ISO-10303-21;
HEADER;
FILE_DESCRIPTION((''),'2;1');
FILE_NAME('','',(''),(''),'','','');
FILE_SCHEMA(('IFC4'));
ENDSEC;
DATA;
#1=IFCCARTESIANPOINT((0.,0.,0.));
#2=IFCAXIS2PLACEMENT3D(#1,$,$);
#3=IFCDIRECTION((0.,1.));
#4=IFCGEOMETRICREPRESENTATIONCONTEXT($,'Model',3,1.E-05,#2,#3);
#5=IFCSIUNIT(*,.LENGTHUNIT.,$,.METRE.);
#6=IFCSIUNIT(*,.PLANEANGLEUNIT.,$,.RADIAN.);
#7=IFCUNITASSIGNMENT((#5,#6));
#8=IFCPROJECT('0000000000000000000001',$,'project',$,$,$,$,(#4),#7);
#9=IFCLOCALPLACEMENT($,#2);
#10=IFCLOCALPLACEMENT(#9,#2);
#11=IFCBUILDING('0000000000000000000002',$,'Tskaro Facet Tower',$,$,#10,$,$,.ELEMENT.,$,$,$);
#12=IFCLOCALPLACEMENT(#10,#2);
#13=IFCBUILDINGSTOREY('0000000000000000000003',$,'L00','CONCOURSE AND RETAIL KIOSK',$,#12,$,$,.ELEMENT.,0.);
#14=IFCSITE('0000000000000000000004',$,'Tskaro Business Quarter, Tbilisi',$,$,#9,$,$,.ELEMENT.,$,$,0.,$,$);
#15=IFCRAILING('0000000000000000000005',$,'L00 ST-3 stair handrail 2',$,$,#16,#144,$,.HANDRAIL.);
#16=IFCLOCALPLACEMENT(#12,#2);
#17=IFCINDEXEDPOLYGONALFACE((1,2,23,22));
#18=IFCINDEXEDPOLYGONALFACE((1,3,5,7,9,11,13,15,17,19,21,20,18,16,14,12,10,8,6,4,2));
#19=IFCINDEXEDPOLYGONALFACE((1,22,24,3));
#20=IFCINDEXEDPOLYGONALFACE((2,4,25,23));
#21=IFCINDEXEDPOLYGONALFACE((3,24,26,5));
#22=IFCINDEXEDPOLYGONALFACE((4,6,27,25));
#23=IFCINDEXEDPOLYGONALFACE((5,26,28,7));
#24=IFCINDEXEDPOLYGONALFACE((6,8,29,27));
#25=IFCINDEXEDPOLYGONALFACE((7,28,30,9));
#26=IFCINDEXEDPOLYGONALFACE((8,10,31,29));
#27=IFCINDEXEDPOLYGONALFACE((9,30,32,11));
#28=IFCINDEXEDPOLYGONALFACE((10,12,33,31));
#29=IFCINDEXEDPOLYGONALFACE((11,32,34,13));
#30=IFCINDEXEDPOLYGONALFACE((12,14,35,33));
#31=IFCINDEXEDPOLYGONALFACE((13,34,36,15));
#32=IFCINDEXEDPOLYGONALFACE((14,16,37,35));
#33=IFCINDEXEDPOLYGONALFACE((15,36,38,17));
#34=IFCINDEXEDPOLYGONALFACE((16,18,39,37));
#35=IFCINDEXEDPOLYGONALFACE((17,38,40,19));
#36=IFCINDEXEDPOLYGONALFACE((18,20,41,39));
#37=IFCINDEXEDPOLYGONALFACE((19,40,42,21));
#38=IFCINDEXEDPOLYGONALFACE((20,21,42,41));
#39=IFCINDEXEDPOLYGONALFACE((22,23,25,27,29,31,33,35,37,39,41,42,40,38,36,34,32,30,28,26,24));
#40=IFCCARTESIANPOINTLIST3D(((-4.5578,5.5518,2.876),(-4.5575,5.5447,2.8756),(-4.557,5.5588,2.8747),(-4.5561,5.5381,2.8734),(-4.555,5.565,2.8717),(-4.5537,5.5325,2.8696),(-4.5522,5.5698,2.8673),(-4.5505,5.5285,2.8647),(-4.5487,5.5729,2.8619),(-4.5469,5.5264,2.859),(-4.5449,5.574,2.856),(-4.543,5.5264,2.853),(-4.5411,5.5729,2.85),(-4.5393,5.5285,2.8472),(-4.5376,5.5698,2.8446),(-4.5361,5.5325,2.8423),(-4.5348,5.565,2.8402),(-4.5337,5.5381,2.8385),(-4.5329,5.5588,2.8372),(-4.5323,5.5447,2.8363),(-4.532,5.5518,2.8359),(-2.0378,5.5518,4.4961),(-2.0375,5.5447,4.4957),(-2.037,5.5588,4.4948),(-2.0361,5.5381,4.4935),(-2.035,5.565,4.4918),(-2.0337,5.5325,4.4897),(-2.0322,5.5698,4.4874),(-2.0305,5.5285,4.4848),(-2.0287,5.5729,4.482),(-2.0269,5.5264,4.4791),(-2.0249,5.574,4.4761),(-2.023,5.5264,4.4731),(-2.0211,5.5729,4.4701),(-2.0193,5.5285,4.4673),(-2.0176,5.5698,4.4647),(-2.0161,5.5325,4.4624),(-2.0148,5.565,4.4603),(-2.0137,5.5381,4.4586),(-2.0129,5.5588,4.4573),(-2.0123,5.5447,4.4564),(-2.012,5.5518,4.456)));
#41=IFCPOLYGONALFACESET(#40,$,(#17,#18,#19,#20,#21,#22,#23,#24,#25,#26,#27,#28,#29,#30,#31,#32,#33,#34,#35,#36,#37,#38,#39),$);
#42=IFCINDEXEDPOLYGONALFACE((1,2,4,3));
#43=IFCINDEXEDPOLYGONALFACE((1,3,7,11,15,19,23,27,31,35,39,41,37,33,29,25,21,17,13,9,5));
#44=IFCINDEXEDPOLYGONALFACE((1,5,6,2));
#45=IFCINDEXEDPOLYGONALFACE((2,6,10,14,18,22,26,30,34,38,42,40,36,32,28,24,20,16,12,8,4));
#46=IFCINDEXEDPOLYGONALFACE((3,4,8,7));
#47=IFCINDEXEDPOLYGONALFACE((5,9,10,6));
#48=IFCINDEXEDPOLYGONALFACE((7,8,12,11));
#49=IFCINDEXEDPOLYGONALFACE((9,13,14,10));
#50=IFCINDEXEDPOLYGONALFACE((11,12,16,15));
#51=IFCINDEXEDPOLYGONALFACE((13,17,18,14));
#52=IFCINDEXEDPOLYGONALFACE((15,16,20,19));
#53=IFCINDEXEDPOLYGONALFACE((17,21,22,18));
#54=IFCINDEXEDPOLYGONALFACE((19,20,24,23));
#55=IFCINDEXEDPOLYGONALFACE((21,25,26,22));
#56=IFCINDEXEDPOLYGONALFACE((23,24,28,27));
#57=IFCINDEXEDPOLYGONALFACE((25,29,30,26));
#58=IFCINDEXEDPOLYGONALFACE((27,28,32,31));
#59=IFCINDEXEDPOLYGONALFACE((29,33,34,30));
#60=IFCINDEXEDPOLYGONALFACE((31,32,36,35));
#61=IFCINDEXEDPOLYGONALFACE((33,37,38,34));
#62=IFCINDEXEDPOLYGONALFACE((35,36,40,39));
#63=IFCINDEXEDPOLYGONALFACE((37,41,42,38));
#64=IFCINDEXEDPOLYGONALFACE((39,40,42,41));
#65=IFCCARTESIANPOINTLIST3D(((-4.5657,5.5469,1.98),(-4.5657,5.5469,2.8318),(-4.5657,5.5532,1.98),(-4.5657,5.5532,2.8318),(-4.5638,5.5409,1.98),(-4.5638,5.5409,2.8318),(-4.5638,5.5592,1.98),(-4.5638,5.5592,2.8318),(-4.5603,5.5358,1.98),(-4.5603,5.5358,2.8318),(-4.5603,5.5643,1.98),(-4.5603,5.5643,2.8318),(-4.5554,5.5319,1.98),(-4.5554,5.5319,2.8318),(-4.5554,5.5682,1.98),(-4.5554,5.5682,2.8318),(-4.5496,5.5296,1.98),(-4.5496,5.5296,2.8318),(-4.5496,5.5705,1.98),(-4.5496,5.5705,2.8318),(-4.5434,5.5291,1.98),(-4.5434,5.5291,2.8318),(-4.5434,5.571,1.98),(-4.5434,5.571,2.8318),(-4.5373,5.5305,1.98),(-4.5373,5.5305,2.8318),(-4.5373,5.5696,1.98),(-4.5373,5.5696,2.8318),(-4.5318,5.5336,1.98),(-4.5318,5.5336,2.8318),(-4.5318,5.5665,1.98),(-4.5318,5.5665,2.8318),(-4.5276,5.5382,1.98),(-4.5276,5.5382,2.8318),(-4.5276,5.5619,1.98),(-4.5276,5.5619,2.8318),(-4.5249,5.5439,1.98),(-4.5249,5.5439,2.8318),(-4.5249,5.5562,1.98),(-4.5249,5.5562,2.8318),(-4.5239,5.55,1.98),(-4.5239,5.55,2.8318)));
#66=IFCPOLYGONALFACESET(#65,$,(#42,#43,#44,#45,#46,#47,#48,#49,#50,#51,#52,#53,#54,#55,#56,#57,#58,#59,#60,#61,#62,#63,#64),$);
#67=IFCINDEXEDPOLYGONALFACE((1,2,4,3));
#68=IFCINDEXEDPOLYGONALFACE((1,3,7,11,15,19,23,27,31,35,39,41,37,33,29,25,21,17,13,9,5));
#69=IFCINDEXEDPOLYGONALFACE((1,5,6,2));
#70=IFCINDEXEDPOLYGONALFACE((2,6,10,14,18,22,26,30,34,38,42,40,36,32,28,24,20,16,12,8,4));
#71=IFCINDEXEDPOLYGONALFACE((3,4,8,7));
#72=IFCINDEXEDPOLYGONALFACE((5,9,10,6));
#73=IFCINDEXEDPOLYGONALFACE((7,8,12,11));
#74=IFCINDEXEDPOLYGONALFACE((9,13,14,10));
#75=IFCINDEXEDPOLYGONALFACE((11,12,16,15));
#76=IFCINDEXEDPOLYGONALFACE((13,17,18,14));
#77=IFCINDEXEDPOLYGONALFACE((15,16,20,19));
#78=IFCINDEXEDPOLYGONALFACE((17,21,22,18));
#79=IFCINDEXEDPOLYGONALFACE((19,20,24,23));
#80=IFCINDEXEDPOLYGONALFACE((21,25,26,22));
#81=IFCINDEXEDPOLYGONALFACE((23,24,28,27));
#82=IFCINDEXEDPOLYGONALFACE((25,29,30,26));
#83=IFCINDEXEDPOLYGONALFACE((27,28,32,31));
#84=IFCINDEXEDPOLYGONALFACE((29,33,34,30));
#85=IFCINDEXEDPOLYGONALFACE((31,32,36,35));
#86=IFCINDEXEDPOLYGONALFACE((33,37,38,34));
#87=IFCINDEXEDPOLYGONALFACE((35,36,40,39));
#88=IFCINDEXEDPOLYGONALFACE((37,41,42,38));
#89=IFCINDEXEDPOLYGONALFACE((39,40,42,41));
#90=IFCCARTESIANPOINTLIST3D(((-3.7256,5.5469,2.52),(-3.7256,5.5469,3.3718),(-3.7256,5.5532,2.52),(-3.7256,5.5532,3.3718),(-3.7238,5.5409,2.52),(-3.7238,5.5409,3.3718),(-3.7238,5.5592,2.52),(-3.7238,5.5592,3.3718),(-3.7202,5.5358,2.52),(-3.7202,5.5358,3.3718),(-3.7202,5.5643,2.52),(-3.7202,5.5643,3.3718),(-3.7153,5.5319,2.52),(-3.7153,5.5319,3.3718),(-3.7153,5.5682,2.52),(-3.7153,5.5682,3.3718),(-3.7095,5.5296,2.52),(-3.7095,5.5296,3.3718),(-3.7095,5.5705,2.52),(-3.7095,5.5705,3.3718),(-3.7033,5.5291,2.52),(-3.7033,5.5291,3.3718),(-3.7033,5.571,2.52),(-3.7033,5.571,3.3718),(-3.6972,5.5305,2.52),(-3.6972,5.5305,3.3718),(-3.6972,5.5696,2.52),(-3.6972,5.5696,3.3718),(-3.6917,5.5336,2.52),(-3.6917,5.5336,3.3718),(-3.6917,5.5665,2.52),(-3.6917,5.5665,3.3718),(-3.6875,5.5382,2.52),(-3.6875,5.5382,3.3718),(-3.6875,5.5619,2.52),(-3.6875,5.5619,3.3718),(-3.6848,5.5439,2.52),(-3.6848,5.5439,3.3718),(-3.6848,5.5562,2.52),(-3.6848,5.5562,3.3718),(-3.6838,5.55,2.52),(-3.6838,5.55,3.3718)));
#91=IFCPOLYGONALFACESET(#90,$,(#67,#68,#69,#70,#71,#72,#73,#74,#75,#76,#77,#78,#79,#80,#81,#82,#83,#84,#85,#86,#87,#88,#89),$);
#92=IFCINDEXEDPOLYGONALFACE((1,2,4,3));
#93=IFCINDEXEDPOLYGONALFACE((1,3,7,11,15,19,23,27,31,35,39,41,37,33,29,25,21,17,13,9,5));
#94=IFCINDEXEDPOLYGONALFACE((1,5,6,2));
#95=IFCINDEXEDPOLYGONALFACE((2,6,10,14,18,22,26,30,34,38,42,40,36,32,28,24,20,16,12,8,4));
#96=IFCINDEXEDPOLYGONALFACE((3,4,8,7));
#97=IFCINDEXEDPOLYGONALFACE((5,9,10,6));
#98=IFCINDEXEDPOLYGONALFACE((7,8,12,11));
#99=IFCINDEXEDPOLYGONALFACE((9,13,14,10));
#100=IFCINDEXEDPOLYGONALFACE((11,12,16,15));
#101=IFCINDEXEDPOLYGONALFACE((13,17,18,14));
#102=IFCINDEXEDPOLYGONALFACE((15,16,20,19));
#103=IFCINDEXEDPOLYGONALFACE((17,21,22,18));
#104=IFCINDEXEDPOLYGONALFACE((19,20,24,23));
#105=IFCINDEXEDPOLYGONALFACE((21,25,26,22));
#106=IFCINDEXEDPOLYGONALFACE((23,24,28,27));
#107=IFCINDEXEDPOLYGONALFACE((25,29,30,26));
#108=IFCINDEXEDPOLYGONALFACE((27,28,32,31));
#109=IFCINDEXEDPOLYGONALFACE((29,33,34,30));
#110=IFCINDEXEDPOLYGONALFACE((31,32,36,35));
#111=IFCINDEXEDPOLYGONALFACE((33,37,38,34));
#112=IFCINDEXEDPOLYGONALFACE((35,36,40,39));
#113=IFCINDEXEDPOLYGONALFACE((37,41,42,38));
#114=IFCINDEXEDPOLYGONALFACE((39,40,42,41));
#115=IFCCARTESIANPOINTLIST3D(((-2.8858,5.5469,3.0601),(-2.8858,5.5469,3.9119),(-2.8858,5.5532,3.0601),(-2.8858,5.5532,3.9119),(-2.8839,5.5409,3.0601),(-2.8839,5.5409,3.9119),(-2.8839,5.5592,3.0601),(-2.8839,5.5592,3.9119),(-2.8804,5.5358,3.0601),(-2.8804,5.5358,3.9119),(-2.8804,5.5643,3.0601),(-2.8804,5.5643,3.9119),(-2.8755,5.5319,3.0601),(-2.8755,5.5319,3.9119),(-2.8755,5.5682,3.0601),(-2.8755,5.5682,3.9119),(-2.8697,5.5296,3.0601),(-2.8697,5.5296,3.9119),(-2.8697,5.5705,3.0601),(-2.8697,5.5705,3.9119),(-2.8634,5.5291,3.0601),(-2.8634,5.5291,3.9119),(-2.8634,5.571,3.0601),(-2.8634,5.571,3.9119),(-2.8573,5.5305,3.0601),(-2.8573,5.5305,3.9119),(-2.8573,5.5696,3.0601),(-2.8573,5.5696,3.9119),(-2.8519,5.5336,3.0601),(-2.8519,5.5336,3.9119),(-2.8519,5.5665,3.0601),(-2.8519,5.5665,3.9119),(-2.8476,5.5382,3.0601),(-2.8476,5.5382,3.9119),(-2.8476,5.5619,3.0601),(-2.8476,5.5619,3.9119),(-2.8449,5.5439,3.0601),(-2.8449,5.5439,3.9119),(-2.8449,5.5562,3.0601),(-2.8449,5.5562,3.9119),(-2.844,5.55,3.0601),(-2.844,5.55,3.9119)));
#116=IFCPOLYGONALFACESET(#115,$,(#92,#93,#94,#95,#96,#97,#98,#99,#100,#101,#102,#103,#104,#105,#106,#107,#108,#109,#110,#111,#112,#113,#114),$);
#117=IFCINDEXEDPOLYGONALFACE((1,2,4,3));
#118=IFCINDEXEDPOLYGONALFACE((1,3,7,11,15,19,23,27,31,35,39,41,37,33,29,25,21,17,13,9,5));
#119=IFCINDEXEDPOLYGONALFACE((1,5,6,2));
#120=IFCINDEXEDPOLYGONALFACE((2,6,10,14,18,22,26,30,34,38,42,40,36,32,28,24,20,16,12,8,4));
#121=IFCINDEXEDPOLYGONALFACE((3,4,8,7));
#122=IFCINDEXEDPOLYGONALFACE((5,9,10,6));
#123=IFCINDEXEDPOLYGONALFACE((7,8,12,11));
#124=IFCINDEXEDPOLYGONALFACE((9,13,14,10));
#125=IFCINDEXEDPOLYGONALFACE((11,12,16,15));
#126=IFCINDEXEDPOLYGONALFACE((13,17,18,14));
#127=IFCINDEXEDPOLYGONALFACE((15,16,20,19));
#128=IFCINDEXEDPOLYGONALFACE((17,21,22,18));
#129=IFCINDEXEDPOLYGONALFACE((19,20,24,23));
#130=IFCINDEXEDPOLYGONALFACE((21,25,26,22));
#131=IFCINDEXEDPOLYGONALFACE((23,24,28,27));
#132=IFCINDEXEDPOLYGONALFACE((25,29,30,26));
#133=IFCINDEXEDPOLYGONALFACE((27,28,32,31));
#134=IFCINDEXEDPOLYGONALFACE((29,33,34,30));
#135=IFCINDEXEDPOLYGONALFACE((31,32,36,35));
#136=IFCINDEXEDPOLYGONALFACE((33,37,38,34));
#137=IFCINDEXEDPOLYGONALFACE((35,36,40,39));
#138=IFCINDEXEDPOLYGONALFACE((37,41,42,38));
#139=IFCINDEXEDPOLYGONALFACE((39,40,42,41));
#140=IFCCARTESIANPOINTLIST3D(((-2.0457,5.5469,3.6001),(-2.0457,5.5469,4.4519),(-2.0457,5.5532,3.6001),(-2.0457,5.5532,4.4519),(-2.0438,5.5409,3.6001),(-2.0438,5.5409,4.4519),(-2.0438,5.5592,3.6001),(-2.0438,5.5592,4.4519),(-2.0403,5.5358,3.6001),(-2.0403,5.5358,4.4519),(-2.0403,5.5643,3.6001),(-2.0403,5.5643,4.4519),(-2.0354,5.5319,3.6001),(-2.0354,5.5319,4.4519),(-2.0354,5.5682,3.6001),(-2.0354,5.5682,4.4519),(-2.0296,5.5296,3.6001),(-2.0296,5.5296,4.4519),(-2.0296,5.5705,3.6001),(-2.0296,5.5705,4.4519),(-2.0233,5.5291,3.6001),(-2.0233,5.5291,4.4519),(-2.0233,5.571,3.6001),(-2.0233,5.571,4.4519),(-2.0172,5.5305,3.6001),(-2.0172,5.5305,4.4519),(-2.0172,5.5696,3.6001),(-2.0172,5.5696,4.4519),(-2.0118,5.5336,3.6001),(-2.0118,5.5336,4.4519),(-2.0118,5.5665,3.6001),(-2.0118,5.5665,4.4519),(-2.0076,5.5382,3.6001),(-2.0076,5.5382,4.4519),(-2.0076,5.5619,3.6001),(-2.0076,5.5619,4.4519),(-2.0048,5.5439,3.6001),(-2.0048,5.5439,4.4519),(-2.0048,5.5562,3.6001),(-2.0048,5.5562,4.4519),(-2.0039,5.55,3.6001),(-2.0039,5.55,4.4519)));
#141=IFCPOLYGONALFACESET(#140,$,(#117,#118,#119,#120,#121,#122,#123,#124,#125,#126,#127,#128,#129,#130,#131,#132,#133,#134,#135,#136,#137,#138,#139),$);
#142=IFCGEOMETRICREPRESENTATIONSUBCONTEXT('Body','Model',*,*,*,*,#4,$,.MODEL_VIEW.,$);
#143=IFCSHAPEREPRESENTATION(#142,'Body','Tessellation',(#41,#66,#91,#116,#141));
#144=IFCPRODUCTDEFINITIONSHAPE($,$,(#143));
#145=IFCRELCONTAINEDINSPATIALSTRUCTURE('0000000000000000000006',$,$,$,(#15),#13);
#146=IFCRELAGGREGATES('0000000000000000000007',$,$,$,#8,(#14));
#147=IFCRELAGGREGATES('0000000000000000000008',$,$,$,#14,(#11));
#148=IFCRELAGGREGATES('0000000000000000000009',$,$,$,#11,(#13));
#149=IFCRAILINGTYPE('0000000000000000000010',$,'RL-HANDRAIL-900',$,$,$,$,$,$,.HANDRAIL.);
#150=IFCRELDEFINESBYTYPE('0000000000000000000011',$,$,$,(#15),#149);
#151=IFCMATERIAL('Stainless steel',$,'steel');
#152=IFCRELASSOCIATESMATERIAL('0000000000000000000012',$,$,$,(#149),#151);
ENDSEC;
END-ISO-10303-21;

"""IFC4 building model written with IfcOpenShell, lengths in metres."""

from ifc_helpers import new_model, si_unit, direction, frame, origin, origin_2d, place, context, subcontext, project, spatial, circle, extrude, material, type_object, element, save


model = new_model("IFC4")

# Units and contexts
model_context = context("Model", 3, precision=1e-05, world=origin(), true_north=direction((0.0, 1.0)))
body_context = subcontext(model_context, "Body", "Model", "MODEL_VIEW")
ifc_project = project(units=[si_unit("LENGTHUNIT", "METRE"), si_unit("PLANEANGLEUNIT", "RADIAN")], contexts=[model_context])

# Site, building, storey
site_placement = place(None, origin())
site = spatial("IfcSite", under=ifc_project, at=site_placement, Name="Tskaro Business Quarter, Tbilisi", CompositionType="ELEMENT", RefElevation=0.0)
building_placement = place(site_placement, origin())
building = spatial("IfcBuilding", under=site, at=building_placement, Name="Tskaro Facet Tower", CompositionType="ELEMENT")
storey_placement = place(building_placement, origin())
storey = spatial("IfcBuildingStorey", under=building, at=storey_placement, Name="L00", Description="CONCOURSE AND RETAIL KIOSK", CompositionType="ELEMENT", Elevation=0.0)

# Railing
ifc_material_1 = material(Name="Stainless steel", Category="steel")
railing_type_1 = type_object("IfcRailingType", Name="RL-HANDRAIL-900", PredefinedType="HANDRAIL", material=ifc_material_1)
railing_1_placement = place(storey_placement, frame((-4.5449, 5.55, 1.98)))
element("IfcRailing", 1, at=railing_1_placement, inside=storey, type_object=railing_type_1, Name="L00 ST-3 stair handrail 2", PredefinedType="HANDRAIL", context=body_context, shape_type="SweptSolid", body=[
    extrude(circle(Radius=0.0239, at=origin_2d()), frame((0.0, 0.0, 0.876), z_axis=(0.841163, 0.0, 0.540782), x_axis=(0.0, 1.0, 0.0)), (0.0, 0.0, 1.0), 2.9958),
    extrude(circle(Radius=0.021, at=origin_2d()), origin(), (0.0, 0.0, 1.0), 0.8518),
    extrude(circle(Radius=0.021, at=origin_2d()), frame((0.8401, 0.0, 0.54)), (0.0, 0.0, 1.0), 0.8518),
    extrude(circle(Radius=0.021, at=origin_2d()), frame((1.6799, 0.0, 1.0801)), (0.0, 0.0, 1.0), 0.8518),
    extrude(circle(Radius=0.021, at=origin_2d()), frame((2.52, 0.0, 1.6201)), (0.0, 0.0, 1.0), 0.8518),
])

save(model, "model.ifc")
